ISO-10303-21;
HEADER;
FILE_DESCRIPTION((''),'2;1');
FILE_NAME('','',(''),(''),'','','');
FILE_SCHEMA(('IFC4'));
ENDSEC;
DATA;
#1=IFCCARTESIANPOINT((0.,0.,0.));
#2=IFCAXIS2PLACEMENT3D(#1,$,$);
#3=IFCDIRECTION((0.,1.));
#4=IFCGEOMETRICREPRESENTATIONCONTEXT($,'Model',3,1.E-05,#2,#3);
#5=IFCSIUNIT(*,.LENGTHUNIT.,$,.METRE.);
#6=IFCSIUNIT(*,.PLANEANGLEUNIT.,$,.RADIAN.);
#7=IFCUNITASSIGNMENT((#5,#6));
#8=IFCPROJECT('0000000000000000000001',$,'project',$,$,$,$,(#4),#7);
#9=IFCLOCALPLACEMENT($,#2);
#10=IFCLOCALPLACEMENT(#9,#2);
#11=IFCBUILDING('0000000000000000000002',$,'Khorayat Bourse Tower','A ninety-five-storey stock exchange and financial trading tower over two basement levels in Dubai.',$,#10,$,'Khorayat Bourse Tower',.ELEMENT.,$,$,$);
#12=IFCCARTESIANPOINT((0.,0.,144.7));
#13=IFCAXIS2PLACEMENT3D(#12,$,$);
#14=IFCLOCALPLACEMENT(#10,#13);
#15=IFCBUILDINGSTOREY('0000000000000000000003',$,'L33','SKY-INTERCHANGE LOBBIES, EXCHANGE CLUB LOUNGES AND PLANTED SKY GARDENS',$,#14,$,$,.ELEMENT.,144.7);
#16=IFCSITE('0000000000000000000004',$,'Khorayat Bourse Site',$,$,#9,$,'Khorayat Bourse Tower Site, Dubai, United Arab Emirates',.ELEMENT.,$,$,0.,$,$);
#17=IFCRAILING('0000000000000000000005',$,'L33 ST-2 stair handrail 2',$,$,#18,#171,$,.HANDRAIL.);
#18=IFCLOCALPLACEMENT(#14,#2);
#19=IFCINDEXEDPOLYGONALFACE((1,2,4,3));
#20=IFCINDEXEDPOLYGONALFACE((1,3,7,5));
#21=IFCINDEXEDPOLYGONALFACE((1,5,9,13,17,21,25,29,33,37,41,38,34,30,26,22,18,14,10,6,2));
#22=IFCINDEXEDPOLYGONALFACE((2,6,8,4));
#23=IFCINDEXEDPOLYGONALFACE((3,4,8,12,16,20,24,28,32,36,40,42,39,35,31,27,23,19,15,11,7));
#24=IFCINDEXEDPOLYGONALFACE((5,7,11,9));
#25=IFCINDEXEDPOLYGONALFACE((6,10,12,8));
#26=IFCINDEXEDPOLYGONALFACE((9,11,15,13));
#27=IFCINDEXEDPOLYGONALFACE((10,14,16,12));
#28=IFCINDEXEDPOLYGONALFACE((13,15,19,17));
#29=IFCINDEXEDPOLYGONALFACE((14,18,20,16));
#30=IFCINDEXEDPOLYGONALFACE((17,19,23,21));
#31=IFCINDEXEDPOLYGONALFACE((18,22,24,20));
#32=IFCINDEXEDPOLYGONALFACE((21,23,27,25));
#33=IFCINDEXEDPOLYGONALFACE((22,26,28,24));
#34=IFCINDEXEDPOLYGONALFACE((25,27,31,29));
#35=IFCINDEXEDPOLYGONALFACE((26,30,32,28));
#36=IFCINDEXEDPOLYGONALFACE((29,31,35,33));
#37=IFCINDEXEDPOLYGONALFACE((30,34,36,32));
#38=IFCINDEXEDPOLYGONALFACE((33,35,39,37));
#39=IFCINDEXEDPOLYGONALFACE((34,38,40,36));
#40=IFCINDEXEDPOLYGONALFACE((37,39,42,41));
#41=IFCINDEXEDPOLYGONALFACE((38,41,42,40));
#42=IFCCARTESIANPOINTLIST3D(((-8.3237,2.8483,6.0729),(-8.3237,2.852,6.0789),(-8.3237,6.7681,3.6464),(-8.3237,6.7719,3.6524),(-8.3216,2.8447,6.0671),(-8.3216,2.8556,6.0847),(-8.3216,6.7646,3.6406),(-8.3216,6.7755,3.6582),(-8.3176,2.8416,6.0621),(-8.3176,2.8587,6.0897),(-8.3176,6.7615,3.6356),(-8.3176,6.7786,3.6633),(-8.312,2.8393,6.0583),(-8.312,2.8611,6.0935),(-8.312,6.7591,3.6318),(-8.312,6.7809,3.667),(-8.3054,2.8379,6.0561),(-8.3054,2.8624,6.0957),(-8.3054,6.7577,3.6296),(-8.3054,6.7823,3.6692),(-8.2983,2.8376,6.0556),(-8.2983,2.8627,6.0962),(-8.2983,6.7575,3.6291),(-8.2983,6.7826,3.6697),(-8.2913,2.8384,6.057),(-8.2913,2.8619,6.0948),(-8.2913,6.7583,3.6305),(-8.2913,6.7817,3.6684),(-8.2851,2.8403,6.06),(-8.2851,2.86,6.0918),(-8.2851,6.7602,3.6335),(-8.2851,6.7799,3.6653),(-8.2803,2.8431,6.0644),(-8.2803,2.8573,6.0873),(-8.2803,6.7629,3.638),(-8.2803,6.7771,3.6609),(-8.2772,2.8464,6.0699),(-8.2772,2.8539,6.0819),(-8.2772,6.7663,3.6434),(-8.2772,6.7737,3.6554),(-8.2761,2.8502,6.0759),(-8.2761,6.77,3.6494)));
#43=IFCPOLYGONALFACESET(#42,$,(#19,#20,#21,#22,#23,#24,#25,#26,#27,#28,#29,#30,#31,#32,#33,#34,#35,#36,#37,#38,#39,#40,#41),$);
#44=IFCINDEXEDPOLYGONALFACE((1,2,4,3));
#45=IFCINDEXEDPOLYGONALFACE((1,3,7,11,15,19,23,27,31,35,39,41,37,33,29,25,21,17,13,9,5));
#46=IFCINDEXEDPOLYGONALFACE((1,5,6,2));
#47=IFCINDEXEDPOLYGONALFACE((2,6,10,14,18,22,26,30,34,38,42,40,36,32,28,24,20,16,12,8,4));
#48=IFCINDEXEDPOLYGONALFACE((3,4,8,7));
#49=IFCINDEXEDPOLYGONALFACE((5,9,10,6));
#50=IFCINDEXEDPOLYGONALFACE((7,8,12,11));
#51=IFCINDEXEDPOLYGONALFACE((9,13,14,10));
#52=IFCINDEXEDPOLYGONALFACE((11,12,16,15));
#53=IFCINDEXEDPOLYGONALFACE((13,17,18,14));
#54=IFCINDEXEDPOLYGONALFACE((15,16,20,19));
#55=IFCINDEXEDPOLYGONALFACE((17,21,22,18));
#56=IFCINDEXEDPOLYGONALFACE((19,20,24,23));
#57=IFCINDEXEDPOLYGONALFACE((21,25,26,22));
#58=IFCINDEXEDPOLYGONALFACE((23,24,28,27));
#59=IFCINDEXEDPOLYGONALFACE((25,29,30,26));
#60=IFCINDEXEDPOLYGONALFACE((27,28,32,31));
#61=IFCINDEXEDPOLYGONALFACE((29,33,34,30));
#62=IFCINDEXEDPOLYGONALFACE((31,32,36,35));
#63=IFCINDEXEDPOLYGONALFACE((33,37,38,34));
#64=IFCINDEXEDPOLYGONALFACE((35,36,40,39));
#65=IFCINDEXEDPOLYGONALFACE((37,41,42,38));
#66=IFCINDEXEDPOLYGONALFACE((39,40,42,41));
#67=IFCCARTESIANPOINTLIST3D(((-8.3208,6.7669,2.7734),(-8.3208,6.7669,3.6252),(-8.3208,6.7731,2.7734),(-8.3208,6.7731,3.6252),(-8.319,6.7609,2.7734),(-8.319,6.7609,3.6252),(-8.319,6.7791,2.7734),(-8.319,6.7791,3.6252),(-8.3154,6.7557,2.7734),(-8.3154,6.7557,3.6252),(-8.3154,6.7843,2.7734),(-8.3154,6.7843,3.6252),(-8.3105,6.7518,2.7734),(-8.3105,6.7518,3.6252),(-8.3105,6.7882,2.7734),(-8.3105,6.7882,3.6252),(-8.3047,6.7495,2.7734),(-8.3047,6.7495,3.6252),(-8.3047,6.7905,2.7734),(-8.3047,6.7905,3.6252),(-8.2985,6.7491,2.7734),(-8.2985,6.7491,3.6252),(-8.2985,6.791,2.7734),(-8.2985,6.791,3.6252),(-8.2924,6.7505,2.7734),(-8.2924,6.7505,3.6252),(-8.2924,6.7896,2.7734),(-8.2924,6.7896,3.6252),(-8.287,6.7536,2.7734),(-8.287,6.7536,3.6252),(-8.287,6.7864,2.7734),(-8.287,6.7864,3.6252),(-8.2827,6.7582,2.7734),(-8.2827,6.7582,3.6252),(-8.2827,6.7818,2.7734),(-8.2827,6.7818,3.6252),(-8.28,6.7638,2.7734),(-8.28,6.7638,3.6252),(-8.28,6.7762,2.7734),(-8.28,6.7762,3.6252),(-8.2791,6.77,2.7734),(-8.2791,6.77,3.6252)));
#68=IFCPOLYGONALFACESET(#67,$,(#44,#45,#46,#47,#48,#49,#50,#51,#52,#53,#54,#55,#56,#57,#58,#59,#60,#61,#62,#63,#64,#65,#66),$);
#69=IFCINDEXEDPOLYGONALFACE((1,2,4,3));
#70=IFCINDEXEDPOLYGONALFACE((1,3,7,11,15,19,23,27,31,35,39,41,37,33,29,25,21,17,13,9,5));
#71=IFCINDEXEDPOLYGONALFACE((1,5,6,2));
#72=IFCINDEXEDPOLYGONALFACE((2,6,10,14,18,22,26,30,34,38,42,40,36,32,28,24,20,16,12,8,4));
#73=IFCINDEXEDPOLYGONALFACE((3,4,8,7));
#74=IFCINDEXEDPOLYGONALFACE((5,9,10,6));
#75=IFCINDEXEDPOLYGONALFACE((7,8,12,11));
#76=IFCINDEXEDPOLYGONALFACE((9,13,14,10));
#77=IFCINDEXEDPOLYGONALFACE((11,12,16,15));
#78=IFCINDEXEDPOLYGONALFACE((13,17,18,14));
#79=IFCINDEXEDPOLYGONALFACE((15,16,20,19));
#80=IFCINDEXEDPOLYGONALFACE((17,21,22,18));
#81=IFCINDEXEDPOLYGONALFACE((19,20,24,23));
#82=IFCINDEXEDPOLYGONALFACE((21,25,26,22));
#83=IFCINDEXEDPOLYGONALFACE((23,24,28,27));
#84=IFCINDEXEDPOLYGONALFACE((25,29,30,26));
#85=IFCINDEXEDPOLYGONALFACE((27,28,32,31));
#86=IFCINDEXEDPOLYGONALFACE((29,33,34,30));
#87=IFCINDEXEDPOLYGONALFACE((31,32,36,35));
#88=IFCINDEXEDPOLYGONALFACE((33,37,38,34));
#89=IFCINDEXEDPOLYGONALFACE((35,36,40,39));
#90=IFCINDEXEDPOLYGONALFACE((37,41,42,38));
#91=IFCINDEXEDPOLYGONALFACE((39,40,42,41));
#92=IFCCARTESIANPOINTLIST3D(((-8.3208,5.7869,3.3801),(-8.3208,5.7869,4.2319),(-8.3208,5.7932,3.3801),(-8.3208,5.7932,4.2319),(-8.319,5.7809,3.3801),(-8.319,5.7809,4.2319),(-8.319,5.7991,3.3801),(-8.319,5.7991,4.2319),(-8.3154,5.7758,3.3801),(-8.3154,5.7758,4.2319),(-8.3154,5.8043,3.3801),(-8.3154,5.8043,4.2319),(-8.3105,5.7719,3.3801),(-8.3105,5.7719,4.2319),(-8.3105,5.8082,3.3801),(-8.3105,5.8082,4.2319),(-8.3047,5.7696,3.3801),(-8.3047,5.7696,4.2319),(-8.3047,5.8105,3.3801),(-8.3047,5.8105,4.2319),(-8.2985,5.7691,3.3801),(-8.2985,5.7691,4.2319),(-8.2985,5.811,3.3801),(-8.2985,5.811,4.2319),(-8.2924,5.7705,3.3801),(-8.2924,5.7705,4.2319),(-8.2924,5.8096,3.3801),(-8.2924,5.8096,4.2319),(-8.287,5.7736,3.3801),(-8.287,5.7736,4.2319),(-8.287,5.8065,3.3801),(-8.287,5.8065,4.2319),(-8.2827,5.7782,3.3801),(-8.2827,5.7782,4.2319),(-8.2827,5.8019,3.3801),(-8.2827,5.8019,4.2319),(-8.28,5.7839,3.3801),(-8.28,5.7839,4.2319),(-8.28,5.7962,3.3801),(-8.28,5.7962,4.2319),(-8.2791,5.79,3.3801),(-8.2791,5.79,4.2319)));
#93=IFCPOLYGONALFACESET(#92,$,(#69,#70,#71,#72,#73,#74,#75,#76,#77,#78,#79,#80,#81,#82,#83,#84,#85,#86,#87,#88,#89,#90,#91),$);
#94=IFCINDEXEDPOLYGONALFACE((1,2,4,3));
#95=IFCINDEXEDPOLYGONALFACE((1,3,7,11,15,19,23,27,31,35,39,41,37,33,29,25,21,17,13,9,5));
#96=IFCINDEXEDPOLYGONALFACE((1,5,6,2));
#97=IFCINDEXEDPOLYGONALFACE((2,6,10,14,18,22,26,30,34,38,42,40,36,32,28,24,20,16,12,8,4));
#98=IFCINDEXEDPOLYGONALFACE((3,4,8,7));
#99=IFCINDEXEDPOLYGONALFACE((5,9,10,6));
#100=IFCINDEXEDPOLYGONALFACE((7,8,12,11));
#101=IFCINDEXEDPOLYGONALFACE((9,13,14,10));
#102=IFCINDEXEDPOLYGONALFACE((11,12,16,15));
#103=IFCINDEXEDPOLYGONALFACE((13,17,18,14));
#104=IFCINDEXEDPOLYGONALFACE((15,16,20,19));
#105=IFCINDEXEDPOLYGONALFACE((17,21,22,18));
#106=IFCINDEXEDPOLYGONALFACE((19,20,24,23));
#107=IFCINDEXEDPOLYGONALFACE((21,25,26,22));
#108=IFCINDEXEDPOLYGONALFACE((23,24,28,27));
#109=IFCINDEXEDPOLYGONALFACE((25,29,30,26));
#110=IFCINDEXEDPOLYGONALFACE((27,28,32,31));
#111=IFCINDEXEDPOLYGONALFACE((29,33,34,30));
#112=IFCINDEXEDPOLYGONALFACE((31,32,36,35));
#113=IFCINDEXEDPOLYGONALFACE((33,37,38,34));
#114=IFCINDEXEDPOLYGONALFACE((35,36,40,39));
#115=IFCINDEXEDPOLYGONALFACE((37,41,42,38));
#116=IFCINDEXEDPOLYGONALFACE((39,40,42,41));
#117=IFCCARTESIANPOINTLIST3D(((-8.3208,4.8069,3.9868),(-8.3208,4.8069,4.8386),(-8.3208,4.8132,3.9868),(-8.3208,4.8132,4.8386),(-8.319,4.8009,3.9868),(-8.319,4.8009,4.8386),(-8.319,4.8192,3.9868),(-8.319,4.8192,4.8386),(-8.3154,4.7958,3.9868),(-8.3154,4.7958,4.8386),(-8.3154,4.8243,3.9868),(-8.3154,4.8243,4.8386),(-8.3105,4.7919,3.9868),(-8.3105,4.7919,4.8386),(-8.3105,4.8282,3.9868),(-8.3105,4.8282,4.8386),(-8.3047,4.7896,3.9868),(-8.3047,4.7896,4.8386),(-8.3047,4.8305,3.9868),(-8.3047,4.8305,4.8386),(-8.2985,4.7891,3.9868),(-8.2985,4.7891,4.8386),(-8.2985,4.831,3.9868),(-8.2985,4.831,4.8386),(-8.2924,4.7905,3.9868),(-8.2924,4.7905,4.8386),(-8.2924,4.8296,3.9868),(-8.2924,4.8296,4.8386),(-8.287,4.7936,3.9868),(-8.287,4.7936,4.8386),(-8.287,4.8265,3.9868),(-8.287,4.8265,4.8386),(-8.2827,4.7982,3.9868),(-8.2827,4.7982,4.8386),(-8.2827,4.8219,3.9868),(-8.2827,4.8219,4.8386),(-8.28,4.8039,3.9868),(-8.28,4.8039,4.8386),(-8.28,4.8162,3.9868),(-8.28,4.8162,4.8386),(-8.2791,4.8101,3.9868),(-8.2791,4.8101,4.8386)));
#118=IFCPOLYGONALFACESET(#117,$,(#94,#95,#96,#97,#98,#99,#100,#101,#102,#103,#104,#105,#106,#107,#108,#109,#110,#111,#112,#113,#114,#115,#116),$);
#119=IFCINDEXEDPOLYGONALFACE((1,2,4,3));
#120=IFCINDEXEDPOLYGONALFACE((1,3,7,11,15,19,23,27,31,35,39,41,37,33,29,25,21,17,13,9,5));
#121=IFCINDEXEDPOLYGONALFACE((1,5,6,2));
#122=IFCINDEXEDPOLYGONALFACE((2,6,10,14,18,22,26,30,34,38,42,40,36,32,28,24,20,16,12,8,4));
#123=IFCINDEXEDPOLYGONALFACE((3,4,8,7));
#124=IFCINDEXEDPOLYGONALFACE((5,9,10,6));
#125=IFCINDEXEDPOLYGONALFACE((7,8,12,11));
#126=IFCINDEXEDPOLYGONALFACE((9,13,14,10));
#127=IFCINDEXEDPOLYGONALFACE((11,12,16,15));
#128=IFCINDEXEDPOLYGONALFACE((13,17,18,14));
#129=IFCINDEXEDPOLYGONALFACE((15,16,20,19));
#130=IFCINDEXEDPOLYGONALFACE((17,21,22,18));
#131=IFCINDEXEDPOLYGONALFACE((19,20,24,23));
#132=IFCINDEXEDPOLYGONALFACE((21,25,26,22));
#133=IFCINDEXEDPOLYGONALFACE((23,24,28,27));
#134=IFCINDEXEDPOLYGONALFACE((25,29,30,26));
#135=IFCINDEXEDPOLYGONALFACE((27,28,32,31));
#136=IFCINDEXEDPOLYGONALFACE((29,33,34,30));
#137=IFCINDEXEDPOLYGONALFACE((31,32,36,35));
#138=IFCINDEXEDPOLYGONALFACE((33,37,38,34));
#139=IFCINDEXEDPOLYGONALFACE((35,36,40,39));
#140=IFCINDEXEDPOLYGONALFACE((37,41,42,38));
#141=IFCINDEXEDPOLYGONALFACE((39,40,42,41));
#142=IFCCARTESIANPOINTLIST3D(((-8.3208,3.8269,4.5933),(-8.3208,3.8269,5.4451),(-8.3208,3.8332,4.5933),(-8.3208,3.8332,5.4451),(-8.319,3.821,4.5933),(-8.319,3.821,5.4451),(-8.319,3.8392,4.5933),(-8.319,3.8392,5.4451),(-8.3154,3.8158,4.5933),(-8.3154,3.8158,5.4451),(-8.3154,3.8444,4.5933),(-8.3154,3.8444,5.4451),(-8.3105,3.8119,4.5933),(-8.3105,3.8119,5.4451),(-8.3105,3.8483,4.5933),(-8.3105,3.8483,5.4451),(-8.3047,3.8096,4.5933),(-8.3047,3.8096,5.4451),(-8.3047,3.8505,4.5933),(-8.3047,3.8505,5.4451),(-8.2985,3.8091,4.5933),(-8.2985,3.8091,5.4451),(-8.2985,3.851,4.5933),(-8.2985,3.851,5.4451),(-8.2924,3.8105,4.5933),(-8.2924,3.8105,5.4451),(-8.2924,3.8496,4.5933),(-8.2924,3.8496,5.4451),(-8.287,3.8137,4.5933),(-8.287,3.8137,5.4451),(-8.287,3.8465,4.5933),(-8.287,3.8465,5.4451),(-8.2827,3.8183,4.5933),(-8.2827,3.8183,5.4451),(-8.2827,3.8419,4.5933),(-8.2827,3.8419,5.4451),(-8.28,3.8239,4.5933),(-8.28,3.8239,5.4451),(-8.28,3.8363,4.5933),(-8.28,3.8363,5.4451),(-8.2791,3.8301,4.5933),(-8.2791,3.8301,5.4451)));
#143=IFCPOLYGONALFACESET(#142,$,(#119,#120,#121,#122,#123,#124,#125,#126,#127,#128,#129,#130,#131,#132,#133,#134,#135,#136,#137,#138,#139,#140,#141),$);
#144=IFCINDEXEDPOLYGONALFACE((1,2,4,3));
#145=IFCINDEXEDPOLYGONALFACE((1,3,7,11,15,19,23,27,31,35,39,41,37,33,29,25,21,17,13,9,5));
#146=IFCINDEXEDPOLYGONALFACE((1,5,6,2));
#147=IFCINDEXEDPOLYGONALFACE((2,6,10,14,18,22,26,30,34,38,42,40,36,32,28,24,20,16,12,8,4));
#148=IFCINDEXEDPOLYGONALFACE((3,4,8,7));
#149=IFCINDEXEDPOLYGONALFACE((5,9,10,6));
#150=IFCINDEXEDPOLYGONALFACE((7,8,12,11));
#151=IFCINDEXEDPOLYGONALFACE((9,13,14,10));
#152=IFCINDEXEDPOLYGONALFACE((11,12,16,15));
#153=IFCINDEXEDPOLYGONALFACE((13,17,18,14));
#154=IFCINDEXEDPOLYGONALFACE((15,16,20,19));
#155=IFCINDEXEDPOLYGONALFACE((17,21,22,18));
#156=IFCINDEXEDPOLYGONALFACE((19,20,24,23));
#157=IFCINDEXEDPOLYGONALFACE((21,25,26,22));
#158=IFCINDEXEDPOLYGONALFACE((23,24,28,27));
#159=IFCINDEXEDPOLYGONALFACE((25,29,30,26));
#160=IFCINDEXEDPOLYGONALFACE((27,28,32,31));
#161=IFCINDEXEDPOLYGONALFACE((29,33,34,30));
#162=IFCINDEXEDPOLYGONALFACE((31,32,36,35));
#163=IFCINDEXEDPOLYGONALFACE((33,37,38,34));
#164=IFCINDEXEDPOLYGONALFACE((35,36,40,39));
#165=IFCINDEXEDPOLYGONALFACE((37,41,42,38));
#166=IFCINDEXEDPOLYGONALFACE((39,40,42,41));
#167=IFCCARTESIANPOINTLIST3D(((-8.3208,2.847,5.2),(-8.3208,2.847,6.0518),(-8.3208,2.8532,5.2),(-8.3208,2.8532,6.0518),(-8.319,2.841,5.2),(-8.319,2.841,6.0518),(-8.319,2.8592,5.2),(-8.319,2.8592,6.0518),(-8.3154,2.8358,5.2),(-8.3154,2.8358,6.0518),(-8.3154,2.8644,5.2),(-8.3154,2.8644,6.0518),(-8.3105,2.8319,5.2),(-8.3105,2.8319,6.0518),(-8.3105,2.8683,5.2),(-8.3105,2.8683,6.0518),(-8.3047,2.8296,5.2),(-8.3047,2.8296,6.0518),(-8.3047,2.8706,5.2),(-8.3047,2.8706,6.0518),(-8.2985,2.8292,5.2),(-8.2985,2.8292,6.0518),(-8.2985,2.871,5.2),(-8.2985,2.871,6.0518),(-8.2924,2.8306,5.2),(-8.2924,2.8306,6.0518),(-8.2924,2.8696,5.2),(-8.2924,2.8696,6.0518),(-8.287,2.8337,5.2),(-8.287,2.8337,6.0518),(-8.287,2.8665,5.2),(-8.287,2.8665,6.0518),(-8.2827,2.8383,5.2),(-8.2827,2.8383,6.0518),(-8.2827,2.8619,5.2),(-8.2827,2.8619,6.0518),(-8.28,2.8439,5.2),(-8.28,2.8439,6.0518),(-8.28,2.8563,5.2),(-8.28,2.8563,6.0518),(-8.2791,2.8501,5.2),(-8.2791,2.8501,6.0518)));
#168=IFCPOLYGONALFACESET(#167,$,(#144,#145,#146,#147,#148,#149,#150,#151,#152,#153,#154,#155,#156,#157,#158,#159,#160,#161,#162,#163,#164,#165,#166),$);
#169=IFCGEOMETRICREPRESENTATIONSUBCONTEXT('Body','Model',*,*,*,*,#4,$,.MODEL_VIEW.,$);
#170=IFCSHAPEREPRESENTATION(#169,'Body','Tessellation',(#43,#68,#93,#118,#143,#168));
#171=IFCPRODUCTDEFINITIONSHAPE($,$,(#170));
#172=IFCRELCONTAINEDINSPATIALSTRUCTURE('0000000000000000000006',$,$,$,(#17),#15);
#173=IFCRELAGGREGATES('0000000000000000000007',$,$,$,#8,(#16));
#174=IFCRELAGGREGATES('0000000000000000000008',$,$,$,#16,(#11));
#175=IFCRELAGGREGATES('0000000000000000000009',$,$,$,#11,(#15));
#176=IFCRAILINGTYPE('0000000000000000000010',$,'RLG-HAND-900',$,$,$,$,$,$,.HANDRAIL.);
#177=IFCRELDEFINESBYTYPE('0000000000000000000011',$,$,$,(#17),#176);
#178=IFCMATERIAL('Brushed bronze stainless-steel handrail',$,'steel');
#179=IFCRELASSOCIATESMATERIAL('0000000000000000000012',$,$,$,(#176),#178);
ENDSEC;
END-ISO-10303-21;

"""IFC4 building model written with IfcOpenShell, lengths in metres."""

from ifc_helpers import new_model, si_unit, direction, frame, origin, origin_2d, place, context, subcontext, project, spatial, circle, extrude, source, transform, mapped, material, type_object, element, save


model = new_model("IFC4")

# Units and contexts
model_context = context("Model", 3, precision=1e-05, world=origin(), true_north=direction((0.0, 1.0)))
body_context = subcontext(model_context, "Body", "Model", "MODEL_VIEW")
ifc_project = project(units=[si_unit("LENGTHUNIT", "METRE"), si_unit("PLANEANGLEUNIT", "RADIAN")], contexts=[model_context])

# Site, building, storey
site_placement = place(None, origin())
site = spatial("IfcSite", under=ifc_project, at=site_placement, Name="Khorayat Bourse Site", LongName="Khorayat Bourse Tower Site, Dubai, United Arab Emirates", CompositionType="ELEMENT", RefElevation=0.0)
building_placement = place(site_placement, origin())
building = spatial("IfcBuilding", under=site, at=building_placement, Name="Khorayat Bourse Tower", Description="A ninety-five-storey stock exchange and financial trading tower over two basement levels in Dubai.", LongName="Khorayat Bourse Tower", CompositionType="ELEMENT")
storey_placement = place(building_placement, frame((0.0, 0.0, 144.7)))
storey = spatial("IfcBuildingStorey", under=building, at=storey_placement, Name="L33", Description="SKY-INTERCHANGE LOBBIES, EXCHANGE CLUB LOUNGES AND PLANTED SKY GARDENS", CompositionType="ELEMENT", Elevation=144.7)

# Railing
ifc_material_1 = material(Name="Brushed bronze stainless-steel handrail", Category="steel")
railing_type_1 = type_object("IfcRailingType", Name="RLG-HAND-900", PredefinedType="HANDRAIL", material=ifc_material_1)
shared_shape_1 = source(origin(), body_context, "Body", "SweptSolid", [
    extrude(circle(Radius=0.0239, at=origin_2d()), frame((0.0, 0.0, 0.876), z_axis=(0.0, -0.850275, 0.526338), x_axis=(1.0, 0.0, 0.0)), (0.0, 0.0, 1.0), 4.6101),
    extrude(circle(Radius=0.021, at=origin_2d()), origin(), (0.0, 0.0, 1.0), 0.8518),
    extrude(circle(Radius=0.021, at=origin_2d()), frame((0.0, -0.98, 0.6067)), (0.0, 0.0, 1.0), 0.8518),
    extrude(circle(Radius=0.021, at=origin_2d()), frame((0.0, -1.96, 1.2134)), (0.0, 0.0, 1.0), 0.8518),
    extrude(circle(Radius=0.021, at=origin_2d()), frame((0.0, -2.9399, 1.8198)), (0.0, 0.0, 1.0), 0.8518),
    extrude(circle(Radius=0.021, at=origin_2d()), frame((0.0, -3.9199, 2.4265)), (0.0, 0.0, 1.0), 0.8518),
])
railing_1_placement = place(storey_placement, frame((-8.3, 6.77, 2.7734)))
element("IfcRailing", 1, at=railing_1_placement, inside=storey, type_object=railing_type_1, Name="L33 ST-2 stair handrail 2", PredefinedType="HANDRAIL", context=body_context, shape_type="MappedRepresentation", body=[
    mapped(shared_shape_1, transform((0.0, 0.0, 0.0), scale=1.0)),
])

save(model, "model.ifc")
